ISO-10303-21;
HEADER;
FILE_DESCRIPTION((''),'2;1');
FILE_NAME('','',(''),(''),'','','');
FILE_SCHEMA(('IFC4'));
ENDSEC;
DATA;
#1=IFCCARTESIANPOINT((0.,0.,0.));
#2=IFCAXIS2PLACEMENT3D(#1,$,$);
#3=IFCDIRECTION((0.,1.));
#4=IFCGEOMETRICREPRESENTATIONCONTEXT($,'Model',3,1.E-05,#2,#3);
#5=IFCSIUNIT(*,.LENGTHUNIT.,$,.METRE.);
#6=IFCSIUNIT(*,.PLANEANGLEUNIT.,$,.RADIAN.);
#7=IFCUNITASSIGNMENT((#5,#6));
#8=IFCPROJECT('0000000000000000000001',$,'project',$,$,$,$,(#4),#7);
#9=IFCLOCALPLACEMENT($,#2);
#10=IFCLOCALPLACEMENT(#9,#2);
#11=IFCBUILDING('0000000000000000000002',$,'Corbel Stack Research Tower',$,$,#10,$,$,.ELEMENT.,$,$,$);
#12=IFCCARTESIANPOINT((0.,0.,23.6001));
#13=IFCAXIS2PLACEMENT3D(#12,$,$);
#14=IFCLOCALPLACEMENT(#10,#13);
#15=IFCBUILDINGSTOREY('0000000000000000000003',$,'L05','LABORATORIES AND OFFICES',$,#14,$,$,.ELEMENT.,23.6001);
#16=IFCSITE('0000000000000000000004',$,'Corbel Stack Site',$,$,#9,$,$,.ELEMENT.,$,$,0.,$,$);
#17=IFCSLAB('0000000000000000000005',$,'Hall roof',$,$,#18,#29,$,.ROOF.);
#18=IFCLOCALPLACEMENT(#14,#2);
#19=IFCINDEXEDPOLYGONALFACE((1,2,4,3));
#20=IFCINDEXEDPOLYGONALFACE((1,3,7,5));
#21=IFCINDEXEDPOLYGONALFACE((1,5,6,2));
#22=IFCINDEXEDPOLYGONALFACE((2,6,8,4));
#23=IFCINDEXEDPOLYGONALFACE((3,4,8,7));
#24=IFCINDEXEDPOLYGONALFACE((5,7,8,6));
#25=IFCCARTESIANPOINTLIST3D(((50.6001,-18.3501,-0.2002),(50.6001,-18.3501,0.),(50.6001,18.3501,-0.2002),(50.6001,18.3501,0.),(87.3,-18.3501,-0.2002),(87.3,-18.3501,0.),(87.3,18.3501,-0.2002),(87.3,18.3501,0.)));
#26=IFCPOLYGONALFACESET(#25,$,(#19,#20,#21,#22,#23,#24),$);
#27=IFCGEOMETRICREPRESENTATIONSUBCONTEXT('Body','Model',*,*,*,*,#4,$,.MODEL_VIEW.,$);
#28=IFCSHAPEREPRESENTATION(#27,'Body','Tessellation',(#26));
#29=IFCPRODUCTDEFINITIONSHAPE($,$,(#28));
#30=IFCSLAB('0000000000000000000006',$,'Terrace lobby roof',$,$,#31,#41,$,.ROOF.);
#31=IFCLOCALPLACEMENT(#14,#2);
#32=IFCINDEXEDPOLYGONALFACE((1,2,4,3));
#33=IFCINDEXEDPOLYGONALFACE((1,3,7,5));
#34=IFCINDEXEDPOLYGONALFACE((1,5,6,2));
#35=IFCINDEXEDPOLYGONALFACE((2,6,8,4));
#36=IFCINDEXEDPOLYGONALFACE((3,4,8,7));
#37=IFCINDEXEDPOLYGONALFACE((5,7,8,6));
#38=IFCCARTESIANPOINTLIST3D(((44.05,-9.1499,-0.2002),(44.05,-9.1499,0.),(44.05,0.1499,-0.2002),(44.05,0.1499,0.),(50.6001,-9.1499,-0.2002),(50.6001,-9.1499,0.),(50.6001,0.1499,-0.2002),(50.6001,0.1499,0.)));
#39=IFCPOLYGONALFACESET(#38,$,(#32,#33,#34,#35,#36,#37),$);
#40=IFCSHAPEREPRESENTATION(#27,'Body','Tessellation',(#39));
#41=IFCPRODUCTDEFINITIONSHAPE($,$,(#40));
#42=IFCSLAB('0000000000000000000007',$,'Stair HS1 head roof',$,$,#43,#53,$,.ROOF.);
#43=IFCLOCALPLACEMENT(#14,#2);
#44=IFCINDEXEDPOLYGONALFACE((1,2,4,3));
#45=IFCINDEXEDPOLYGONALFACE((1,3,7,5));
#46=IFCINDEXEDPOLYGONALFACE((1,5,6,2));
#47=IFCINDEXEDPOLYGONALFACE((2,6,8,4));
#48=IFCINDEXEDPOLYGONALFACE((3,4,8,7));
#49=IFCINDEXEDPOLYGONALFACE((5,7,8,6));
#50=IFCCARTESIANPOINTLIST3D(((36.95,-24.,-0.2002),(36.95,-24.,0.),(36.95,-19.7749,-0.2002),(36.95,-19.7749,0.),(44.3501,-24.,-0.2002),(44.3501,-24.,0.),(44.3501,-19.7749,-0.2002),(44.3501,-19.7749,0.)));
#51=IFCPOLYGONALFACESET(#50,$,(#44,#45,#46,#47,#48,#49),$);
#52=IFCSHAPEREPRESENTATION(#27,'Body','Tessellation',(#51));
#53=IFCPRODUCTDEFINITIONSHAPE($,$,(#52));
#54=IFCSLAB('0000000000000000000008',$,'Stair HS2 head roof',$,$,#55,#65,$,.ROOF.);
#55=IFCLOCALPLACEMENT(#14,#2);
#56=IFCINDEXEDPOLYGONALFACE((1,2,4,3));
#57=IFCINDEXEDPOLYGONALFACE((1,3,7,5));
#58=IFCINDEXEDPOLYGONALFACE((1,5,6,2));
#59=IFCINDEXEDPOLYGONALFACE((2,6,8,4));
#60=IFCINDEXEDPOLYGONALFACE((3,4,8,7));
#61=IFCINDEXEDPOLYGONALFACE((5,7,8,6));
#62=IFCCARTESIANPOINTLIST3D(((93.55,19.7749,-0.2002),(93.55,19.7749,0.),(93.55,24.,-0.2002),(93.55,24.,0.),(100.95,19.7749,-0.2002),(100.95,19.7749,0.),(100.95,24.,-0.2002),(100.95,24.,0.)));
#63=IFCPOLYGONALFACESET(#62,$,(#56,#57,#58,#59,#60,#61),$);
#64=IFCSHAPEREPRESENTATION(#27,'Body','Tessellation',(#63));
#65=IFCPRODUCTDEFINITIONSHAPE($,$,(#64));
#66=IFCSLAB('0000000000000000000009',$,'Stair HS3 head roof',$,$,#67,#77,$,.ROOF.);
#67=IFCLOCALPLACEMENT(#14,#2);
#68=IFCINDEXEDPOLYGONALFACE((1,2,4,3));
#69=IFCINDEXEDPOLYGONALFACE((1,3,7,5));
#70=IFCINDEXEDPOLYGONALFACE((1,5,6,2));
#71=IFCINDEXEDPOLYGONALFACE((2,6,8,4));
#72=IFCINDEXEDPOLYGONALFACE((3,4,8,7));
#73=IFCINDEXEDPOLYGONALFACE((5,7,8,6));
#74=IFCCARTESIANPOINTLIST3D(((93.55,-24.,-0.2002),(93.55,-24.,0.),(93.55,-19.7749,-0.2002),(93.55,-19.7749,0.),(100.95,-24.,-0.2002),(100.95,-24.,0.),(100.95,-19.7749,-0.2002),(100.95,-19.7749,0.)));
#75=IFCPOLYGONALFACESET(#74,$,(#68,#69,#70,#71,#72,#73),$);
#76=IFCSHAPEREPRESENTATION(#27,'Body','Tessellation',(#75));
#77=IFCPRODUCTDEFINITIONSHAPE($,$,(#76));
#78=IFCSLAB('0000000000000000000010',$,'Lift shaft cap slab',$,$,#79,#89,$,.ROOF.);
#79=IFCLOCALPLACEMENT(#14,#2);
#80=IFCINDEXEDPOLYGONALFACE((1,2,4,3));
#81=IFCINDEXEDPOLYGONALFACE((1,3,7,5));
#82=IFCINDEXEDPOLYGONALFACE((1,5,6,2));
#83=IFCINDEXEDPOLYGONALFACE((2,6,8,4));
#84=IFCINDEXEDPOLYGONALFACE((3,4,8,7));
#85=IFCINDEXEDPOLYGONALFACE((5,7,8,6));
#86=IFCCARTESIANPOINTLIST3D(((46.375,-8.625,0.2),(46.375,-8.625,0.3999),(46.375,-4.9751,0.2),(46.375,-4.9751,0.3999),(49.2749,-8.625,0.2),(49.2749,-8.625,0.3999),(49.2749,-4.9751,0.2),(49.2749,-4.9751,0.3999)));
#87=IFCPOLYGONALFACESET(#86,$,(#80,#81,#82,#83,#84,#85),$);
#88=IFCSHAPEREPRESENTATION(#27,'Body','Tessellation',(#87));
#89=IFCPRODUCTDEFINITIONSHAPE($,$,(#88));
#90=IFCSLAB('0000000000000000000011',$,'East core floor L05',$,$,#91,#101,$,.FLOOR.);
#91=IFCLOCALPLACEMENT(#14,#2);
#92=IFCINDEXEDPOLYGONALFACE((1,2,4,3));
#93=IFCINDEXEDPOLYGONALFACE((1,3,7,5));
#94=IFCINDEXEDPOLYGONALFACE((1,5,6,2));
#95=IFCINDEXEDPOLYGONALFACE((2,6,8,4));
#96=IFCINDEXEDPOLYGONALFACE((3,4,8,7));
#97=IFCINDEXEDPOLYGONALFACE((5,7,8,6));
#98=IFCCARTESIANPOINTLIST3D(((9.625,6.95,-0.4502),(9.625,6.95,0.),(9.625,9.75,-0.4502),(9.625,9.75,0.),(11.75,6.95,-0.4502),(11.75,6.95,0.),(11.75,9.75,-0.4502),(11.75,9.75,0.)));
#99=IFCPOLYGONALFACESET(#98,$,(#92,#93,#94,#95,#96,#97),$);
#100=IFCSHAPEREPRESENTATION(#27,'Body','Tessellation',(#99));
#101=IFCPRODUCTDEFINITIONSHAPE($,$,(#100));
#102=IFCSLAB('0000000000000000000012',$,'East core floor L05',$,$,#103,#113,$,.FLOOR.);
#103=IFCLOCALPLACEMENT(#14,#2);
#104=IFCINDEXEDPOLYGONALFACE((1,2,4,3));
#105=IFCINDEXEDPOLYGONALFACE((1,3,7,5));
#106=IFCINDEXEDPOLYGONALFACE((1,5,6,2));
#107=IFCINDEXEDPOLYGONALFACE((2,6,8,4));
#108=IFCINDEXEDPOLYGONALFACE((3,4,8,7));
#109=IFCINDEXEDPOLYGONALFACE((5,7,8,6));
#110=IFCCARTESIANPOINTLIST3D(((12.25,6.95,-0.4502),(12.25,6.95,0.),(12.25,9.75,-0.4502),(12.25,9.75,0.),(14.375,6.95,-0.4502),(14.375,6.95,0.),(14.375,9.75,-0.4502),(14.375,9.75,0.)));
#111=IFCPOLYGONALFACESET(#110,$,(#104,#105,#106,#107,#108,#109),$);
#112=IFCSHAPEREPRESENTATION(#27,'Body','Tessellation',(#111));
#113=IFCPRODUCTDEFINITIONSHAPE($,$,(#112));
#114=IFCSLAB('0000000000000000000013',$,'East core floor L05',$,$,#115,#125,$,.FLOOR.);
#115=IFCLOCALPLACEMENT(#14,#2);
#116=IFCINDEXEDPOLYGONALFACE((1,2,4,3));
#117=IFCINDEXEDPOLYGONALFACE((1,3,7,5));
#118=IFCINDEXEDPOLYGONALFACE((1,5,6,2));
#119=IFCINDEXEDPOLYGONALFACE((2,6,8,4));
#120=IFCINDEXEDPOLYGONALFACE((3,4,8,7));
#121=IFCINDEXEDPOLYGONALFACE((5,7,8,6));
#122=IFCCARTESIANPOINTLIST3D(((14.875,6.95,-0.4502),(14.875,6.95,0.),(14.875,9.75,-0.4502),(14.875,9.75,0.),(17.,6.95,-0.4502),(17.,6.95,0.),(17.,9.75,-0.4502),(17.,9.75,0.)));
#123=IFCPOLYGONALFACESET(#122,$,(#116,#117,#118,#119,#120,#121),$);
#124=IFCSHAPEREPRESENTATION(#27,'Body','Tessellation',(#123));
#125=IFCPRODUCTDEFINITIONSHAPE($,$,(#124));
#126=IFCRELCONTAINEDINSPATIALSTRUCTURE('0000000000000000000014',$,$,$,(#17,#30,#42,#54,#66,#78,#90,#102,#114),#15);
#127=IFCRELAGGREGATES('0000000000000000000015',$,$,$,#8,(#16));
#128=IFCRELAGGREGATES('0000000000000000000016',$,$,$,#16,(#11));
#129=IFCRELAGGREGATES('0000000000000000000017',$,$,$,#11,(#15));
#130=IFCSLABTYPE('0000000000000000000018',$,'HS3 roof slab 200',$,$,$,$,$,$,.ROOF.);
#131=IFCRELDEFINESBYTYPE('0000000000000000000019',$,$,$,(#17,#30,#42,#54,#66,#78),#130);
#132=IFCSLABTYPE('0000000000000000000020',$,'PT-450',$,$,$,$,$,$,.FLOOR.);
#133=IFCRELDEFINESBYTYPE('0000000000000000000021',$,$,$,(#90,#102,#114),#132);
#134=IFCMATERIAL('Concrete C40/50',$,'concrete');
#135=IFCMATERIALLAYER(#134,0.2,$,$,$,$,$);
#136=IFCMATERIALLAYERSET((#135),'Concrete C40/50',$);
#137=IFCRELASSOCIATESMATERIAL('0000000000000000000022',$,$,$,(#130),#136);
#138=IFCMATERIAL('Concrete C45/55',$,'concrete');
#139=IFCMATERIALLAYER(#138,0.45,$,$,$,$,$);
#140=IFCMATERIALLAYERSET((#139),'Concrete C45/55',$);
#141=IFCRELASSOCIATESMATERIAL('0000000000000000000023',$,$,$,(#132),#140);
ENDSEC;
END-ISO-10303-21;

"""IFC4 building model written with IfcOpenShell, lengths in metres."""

from ifc_helpers import new_model, si_unit, direction, frame, origin, place, context, subcontext, project, spatial, polyline, outline, extrude, material, layer, layer_set, type_object, element, save


model = new_model("IFC4")

# Units and contexts
model_context = context("Model", 3, precision=1e-05, world=origin(), true_north=direction((0.0, 1.0)))
body_context = subcontext(model_context, "Body", "Model", "MODEL_VIEW")
ifc_project = project(units=[si_unit("LENGTHUNIT", "METRE"), si_unit("PLANEANGLEUNIT", "RADIAN")], contexts=[model_context])

# Site, building, storey
site_placement = place(None, origin())
site = spatial("IfcSite", under=ifc_project, at=site_placement, Name="Corbel Stack Site", CompositionType="ELEMENT", RefElevation=0.0)
building_placement = place(site_placement, origin())
building = spatial("IfcBuilding", under=site, at=building_placement, Name="Corbel Stack Research Tower", CompositionType="ELEMENT")
storey_placement = place(building_placement, frame((0.0, 0.0, 23.6001)))
storey = spatial("IfcBuildingStorey", under=building, at=storey_placement, Name="L05", Description="LABORATORIES AND OFFICES", CompositionType="ELEMENT", Elevation=23.6001)

# Slabs
ifc_material_1 = material(Name="Concrete C40/50", Category="concrete")
ifc_layer_1 = layer(ifc_material_1, 0.2)
ifc_layer_set_1 = layer_set([ifc_layer_1], Name="Concrete C40/50")
slab_type_1 = type_object("IfcSlabType", Name="HS3 roof slab 200", PredefinedType="ROOF", material=ifc_layer_set_1)
slab_1_placement = place(storey_placement, frame((0.0, 0.0, -0.2002)))
element("IfcSlab", 1, at=slab_1_placement, inside=storey, type_object=slab_type_1, Name="Hall roof", PredefinedType="ROOF", context=body_context, shape_type="SweptSolid", body=[
    extrude(outline(polyline([(87.3, -18.3501), (50.6001, -18.3501), (50.6001, 18.3501), (87.3, 18.3501), (87.3, -18.3501)])), origin(), (0.0, 0.0, 1.0), 0.2002),
])
slab_2_placement = place(storey_placement, frame((0.0, 0.0, -0.2002)))
element("IfcSlab", 2, at=slab_2_placement, inside=storey, type_object=slab_type_1, Name="Terrace lobby roof", PredefinedType="ROOF", context=body_context, shape_type="SweptSolid", body=[
    extrude(outline(polyline([(44.05, -9.1499), (44.05, 0.1499), (50.6001, 0.1499), (50.6001, -9.1499), (44.05, -9.1499)])), origin(), (0.0, 0.0, 1.0), 0.2002),
])
slab_3_placement = place(storey_placement, frame((0.0, 0.0, -0.2002)))
element("IfcSlab", 3, at=slab_3_placement, inside=storey, type_object=slab_type_1, Name="Stair HS1 head roof", PredefinedType="ROOF", context=body_context, shape_type="SweptSolid", body=[
    extrude(outline(polyline([(44.3501, -24.0), (36.95, -24.0), (36.95, -19.7749), (44.3501, -19.7749), (44.3501, -24.0)])), origin(), (0.0, 0.0, 1.0), 0.2002),
])
slab_4_placement = place(storey_placement, frame((0.0, 0.0, -0.2002)))
element("IfcSlab", 4, at=slab_4_placement, inside=storey, type_object=slab_type_1, Name="Stair HS2 head roof", PredefinedType="ROOF", context=body_context, shape_type="SweptSolid", body=[
    extrude(outline(polyline([(100.95, 19.7749), (93.55, 19.7749), (93.55, 24.0), (100.95, 24.0), (100.95, 19.7749)])), origin(), (0.0, 0.0, 1.0), 0.2002),
])
slab_5_placement = place(storey_placement, frame((0.0, 0.0, -0.2002)))
element("IfcSlab", 5, at=slab_5_placement, inside=storey, type_object=slab_type_1, Name="Stair HS3 head roof", PredefinedType="ROOF", context=body_context, shape_type="SweptSolid", body=[
    extrude(outline(polyline([(100.95, -24.0), (93.55, -24.0), (93.55, -19.7749), (100.95, -19.7749), (100.95, -24.0)])), origin(), (0.0, 0.0, 1.0), 0.2002),
])
slab_6_placement = place(storey_placement, frame((0.0, 0.0, 0.2)))
element("IfcSlab", 6, at=slab_6_placement, inside=storey, type_object=slab_type_1, Name="Lift shaft cap slab", PredefinedType="ROOF", context=body_context, shape_type="SweptSolid", body=[
    extrude(outline(polyline([(49.2749, -8.625), (46.375, -8.625), (46.375, -4.9751), (49.2749, -4.9751), (49.2749, -8.625)])), origin(), (0.0, 0.0, 1.0), 0.2),
])
ifc_material_2 = material(Name="Concrete C45/55", Category="concrete")
ifc_layer_2 = layer(ifc_material_2, 0.45)
ifc_layer_set_2 = layer_set([ifc_layer_2], Name="Concrete C45/55")
slab_type_2 = type_object("IfcSlabType", Name="PT-450", PredefinedType="FLOOR", material=ifc_layer_set_2)
slab_7_placement = place(storey_placement, frame((0.0, 0.0, -0.4502)))
element("IfcSlab", 7, at=slab_7_placement, inside=storey, type_object=slab_type_2, Name="East core floor L05", PredefinedType="FLOOR", context=body_context, shape_type="SweptSolid", body=[
    extrude(outline(polyline([(9.625, 6.95), (11.75, 6.95), (11.75, 9.75), (9.625, 9.75), (9.625, 6.95)])), origin(), (0.0, 0.0, 1.0), 0.4502),
])
slab_8_placement = place(storey_placement, frame((0.0, 0.0, -0.4502)))
element("IfcSlab", 8, at=slab_8_placement, inside=storey, type_object=slab_type_2, Name="East core floor L05", PredefinedType="FLOOR", context=body_context, shape_type="SweptSolid", body=[
    extrude(outline(polyline([(14.375, 6.95), (14.375, 9.75), (12.25, 9.75), (12.25, 6.95), (14.375, 6.95)])), origin(), (0.0, 0.0, 1.0), 0.4502),
])
slab_9_placement = place(storey_placement, frame((0.0, 0.0, -0.4502)))
element("IfcSlab", 9, at=slab_9_placement, inside=storey, type_object=slab_type_2, Name="East core floor L05", PredefinedType="FLOOR", context=body_context, shape_type="SweptSolid", body=[
    extrude(outline(polyline([(17.0, 6.95), (17.0, 9.75), (14.875, 9.75), (14.875, 6.95), (17.0, 6.95)])), origin(), (0.0, 0.0, 1.0), 0.4502),
])

save(model, "model.ifc")
